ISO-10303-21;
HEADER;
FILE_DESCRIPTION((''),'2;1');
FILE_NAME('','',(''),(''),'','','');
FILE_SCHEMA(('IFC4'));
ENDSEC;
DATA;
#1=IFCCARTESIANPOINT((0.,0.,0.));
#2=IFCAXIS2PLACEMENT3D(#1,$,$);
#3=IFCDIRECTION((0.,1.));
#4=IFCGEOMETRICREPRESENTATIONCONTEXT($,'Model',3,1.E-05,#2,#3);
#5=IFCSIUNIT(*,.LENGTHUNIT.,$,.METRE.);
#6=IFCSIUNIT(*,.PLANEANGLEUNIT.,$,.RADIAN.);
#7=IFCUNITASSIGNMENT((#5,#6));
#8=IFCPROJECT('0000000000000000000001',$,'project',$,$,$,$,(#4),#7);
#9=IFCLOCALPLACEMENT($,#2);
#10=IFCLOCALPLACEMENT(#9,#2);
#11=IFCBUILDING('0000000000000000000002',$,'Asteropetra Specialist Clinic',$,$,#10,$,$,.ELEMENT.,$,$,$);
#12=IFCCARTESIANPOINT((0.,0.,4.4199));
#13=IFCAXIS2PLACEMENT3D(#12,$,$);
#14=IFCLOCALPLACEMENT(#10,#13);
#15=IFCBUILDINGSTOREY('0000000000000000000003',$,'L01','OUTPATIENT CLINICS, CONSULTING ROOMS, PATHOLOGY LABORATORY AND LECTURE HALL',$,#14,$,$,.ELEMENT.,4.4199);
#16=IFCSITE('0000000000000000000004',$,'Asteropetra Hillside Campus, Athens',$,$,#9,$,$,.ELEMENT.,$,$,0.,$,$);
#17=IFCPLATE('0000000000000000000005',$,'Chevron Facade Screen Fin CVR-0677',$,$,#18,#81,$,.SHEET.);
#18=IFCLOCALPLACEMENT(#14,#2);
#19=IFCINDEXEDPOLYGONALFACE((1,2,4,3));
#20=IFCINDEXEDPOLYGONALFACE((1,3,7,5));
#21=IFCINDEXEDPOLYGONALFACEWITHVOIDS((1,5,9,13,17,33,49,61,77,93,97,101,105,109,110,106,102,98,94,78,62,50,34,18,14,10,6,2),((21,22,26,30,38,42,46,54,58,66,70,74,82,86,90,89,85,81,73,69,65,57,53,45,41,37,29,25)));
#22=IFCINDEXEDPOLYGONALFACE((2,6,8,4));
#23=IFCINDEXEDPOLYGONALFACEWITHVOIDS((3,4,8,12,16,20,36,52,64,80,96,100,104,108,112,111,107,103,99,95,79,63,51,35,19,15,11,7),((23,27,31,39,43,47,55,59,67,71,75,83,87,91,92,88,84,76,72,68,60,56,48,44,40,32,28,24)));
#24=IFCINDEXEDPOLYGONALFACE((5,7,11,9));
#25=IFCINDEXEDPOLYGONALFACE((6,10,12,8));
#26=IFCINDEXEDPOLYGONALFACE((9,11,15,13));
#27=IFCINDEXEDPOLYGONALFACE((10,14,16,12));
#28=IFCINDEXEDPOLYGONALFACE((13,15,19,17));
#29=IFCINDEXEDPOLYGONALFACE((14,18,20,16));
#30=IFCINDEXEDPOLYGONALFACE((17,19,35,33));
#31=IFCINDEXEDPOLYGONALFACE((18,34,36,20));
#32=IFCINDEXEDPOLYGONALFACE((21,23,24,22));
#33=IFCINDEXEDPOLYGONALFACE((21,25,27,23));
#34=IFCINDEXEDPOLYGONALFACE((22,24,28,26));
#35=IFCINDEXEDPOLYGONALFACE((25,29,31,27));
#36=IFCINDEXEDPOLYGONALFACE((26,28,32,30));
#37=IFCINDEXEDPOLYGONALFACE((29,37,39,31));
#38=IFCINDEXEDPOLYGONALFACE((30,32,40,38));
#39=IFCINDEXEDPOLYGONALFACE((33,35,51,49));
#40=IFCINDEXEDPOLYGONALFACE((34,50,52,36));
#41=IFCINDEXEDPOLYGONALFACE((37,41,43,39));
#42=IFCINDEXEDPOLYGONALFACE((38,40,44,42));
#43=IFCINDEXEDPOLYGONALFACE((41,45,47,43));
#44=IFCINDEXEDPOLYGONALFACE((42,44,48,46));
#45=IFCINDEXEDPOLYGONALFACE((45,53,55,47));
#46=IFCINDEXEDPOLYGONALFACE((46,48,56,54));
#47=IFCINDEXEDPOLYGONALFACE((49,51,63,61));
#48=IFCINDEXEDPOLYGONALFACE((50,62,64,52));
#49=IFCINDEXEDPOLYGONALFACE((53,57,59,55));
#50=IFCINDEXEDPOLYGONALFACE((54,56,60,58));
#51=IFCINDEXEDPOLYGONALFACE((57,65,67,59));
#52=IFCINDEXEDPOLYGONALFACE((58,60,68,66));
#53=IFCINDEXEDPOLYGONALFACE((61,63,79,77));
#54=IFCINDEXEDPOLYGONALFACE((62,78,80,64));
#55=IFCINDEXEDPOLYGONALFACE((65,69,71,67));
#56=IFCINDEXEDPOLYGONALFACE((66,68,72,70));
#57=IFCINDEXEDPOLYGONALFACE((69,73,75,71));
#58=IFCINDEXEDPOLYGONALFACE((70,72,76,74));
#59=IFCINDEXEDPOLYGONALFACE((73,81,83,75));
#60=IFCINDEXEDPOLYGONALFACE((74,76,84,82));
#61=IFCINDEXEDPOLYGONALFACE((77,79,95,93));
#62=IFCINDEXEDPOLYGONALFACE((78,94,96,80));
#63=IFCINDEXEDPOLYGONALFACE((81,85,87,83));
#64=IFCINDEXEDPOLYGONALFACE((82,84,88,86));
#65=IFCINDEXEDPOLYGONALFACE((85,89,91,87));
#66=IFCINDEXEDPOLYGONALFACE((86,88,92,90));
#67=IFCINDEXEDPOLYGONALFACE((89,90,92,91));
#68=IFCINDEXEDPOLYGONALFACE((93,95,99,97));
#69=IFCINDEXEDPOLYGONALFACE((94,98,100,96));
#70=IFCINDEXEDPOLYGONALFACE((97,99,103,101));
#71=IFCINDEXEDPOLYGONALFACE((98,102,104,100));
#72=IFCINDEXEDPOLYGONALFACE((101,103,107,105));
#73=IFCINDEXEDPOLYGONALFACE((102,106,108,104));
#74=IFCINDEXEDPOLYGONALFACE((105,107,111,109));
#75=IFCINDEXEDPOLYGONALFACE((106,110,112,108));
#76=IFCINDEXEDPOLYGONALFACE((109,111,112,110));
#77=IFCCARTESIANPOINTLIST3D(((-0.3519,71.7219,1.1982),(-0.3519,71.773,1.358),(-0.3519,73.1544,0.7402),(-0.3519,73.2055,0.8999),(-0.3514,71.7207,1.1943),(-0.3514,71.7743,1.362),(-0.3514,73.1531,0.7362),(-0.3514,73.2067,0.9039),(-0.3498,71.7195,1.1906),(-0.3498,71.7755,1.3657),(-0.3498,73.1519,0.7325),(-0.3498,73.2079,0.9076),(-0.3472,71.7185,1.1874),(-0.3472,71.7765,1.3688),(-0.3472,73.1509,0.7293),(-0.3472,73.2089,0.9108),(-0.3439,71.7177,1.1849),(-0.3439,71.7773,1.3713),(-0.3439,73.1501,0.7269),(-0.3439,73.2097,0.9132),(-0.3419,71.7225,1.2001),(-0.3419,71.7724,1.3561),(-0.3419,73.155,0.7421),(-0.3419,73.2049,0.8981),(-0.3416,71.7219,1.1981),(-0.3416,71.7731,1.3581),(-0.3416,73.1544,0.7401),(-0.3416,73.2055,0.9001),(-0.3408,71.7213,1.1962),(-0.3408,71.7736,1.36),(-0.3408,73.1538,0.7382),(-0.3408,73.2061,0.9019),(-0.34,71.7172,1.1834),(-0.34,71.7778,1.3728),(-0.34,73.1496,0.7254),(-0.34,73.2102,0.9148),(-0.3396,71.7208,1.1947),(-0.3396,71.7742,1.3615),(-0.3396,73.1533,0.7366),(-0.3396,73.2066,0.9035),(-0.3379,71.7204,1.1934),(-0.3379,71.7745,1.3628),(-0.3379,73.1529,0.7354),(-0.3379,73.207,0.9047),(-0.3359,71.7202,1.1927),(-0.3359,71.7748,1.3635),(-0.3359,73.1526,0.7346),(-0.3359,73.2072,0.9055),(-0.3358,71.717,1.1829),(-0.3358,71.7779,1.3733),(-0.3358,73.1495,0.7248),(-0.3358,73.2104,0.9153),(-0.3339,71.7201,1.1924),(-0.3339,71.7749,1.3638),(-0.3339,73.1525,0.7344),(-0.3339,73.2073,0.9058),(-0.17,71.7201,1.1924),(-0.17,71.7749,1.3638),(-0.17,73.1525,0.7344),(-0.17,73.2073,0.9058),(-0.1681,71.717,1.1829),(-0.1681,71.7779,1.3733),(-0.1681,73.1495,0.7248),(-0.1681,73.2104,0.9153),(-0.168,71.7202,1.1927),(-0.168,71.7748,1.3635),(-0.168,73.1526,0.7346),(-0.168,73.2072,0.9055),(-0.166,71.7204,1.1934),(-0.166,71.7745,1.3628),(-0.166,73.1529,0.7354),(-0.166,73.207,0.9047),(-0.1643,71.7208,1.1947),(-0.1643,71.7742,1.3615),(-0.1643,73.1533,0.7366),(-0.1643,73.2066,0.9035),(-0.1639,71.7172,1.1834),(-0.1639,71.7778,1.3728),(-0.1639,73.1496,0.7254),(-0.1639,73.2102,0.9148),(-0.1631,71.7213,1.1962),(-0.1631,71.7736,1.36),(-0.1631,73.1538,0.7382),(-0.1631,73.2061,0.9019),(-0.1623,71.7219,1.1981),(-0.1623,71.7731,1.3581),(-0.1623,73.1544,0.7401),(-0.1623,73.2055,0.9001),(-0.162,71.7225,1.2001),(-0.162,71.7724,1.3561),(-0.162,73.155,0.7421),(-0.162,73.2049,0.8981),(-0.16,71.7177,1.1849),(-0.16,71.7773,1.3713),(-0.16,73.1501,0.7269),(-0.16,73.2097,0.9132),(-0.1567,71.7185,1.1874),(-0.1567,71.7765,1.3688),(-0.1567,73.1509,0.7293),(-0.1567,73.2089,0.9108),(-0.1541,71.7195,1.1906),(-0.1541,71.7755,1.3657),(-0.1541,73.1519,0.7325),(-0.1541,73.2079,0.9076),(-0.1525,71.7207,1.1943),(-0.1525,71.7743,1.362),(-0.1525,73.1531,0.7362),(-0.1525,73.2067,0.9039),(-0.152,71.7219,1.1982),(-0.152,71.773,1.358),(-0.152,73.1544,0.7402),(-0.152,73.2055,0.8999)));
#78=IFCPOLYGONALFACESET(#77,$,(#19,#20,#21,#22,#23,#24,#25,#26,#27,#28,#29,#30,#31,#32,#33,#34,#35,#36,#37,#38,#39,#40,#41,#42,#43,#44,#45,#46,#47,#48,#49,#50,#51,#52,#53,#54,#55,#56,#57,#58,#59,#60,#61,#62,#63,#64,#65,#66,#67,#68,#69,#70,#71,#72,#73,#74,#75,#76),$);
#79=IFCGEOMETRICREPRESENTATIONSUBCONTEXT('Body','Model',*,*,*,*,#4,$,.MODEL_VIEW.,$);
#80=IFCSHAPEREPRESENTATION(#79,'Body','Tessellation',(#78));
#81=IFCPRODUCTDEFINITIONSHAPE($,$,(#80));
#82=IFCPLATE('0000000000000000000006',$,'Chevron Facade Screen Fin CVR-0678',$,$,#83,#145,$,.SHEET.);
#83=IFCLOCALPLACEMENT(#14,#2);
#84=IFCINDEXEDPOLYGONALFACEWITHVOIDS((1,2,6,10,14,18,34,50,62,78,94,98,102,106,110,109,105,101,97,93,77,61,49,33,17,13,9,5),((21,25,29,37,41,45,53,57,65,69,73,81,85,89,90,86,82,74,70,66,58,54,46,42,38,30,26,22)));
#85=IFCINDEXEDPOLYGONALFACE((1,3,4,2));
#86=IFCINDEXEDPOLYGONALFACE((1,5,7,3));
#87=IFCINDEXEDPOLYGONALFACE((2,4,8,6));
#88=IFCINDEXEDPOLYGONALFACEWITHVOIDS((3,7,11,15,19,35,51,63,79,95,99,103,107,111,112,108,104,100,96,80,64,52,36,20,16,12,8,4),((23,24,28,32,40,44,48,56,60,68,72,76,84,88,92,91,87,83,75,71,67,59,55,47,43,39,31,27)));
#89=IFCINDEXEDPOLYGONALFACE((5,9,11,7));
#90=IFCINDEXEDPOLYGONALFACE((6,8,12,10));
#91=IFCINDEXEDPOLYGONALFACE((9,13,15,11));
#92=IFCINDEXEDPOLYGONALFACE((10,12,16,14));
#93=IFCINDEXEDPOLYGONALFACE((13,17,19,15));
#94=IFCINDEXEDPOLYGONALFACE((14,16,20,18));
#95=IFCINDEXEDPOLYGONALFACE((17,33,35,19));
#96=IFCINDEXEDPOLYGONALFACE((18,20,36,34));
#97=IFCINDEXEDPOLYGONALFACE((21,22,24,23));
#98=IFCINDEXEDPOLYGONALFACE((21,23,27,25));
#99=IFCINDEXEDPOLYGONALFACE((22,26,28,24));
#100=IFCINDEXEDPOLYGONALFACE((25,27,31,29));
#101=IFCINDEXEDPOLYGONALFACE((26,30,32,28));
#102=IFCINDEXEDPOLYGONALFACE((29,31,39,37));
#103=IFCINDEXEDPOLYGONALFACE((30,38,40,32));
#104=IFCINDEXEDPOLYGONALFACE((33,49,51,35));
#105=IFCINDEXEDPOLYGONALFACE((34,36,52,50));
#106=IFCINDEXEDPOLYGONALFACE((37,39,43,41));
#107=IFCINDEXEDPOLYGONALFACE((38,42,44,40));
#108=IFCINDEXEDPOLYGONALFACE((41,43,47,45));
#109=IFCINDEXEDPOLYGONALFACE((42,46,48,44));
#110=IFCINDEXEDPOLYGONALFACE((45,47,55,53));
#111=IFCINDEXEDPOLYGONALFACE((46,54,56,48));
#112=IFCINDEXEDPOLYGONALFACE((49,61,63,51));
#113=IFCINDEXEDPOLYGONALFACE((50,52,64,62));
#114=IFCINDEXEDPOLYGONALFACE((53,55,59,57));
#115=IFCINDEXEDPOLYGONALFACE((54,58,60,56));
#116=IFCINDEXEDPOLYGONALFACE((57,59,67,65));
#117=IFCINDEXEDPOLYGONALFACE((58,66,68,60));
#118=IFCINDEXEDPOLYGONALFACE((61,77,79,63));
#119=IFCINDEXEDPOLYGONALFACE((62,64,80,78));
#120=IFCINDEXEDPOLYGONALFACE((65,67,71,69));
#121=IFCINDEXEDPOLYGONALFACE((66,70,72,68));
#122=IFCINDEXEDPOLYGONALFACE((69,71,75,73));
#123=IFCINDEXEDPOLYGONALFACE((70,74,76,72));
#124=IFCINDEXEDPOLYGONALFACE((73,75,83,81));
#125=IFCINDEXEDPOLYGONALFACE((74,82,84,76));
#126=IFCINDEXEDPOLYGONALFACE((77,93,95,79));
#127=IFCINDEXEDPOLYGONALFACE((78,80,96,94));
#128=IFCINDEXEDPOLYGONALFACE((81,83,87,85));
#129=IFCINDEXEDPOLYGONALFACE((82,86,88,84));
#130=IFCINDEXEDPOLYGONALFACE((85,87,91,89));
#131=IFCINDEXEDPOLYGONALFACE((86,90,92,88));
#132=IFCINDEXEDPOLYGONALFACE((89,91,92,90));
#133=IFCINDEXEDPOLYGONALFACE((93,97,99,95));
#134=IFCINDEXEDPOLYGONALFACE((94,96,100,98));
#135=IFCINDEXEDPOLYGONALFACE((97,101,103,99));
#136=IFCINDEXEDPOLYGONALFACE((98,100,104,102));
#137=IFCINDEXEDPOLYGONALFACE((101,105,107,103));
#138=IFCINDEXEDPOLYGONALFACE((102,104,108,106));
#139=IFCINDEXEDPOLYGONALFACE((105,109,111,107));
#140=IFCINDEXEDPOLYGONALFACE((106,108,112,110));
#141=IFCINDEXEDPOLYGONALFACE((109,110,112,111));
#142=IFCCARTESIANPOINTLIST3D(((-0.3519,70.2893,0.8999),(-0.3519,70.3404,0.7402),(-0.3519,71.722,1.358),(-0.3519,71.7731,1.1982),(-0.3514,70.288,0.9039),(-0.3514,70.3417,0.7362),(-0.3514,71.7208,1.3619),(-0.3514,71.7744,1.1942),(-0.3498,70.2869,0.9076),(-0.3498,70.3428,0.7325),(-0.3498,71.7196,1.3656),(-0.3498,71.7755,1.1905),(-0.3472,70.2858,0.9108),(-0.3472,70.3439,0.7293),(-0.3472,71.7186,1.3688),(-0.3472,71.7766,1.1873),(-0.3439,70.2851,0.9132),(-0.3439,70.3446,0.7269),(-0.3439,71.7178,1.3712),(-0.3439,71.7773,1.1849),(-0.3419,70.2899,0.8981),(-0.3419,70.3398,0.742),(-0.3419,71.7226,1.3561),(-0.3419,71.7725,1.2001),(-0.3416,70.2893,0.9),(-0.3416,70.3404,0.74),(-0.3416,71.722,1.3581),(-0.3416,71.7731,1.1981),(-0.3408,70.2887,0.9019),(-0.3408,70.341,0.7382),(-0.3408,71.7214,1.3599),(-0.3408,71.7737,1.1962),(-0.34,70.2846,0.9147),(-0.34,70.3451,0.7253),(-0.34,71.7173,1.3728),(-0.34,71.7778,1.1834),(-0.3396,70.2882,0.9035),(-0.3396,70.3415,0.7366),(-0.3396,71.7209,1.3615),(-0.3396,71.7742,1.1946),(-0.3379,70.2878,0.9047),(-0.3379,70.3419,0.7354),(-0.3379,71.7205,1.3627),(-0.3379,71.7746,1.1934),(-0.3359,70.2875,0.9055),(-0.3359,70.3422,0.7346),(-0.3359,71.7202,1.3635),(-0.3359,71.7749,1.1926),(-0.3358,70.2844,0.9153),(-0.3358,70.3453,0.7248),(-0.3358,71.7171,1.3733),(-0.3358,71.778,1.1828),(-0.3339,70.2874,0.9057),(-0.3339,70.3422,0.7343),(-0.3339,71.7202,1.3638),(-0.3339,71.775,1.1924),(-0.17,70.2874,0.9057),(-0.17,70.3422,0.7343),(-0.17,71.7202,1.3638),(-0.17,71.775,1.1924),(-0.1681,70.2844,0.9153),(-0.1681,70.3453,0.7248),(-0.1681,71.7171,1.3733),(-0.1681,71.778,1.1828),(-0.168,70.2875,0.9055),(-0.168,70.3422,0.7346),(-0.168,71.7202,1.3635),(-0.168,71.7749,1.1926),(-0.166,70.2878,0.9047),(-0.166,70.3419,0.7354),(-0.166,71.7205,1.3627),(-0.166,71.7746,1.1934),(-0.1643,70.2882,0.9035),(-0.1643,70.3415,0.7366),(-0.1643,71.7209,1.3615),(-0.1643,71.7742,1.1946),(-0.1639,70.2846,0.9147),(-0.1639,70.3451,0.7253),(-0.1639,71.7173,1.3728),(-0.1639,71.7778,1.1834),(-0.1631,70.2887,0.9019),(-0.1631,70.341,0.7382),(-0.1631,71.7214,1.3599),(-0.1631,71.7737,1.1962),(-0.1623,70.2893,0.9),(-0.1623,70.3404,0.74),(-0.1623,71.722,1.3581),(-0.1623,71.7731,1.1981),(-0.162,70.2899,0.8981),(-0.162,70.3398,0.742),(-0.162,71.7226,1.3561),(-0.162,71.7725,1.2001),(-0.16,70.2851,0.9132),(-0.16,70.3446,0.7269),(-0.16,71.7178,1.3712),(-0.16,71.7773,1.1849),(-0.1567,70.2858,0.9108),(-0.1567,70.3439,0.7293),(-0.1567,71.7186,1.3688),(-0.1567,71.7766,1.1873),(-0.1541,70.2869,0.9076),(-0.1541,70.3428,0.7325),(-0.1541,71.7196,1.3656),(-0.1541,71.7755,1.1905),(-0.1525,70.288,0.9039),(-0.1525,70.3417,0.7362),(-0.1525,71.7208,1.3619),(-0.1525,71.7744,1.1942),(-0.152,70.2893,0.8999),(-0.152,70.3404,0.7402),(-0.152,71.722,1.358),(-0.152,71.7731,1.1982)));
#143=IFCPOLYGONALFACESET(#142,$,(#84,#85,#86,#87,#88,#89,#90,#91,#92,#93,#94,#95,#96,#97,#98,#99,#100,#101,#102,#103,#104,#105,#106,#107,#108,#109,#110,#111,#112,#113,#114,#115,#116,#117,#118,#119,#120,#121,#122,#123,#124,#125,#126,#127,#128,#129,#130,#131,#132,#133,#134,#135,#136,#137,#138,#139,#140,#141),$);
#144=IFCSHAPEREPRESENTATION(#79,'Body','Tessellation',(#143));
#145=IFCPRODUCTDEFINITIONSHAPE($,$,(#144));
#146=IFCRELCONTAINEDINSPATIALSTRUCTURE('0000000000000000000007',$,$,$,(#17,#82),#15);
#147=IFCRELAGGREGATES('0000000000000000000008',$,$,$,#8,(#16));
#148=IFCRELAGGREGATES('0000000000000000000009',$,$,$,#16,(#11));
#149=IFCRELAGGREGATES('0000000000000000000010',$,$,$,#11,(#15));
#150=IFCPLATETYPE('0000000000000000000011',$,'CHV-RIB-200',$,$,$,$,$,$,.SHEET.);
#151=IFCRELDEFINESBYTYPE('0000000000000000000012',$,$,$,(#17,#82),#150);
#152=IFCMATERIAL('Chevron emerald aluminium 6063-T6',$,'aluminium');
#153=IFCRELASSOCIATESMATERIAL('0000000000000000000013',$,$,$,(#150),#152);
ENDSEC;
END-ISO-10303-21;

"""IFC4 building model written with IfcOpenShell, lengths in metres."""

from ifc_helpers import new_model, si_unit, direction, frame, origin, origin_2d, place, context, subcontext, project, spatial, hollow_rectangle, extrude, material, material_profile, profile_set, type_object, element, save


model = new_model("IFC4")

# Units and contexts
model_context = context("Model", 3, precision=1e-05, world=origin(), true_north=direction((0.0, 1.0)))
body_context = subcontext(model_context, "Body", "Model", "MODEL_VIEW")
ifc_project = project(units=[si_unit("LENGTHUNIT", "METRE"), si_unit("PLANEANGLEUNIT", "RADIAN")], contexts=[model_context])

# Site, building, storey
site_placement = place(None, origin())
site = spatial("IfcSite", under=ifc_project, at=site_placement, Name="Asteropetra Hillside Campus, Athens", CompositionType="ELEMENT", RefElevation=0.0)
building_placement = place(site_placement, origin())
building = spatial("IfcBuilding", under=site, at=building_placement, Name="Asteropetra Specialist Clinic", CompositionType="ELEMENT")
storey_placement = place(building_placement, frame((0.0, 0.0, 4.4199)))
storey = spatial("IfcBuildingStorey", under=building, at=storey_placement, Name="L01", Description="OUTPATIENT CLINICS, CONSULTING ROOMS, PATHOLOGY LABORATORY AND LECTURE HALL", CompositionType="ELEMENT", Elevation=4.4199)

# Plates
ifc_material_1 = material(Name="Chevron emerald aluminium 6063-T6", Category="aluminium")
ifc_material_profile_1 = material_profile(ifc_material_1, hollow_rectangle(XDim=0.2, YDim=0.2, WallThickness=0.01, InnerFilletRadius=0.0081, OuterFilletRadius=0.0161, at=origin_2d()), Name="SHS 200x200x10.0")
ifc_profile_set_1 = profile_set([ifc_material_profile_1], Name="Chevron emerald aluminium 6063-T6")
plate_type_1 = type_object("IfcPlateType", Name="CHV-RIB-200", PredefinedType="SHEET", material=ifc_profile_set_1)
plate_1_placement = place(storey_placement, frame((-0.252, 73.1799, 0.8201), z_axis=(0.0, -0.952492, 0.304564), x_axis=(1.0, 0.0, 0.0)))
element("IfcPlate", 1, at=plate_1_placement, inside=storey, type_object=plate_type_1, Name="Chevron Facade Screen Fin CVR-0677", PredefinedType="SHEET", context=body_context, shape_type="SweptSolid", body=[
    extrude(hollow_rectangle(XDim=0.2, YDim=0.2, WallThickness=0.01, InnerFilletRadius=0.0081, OuterFilletRadius=0.0161, at=origin_2d()), origin(), (0.0, 0.0, 1.0), 1.5039),
])
plate_2_placement = place(storey_placement, frame((-0.252, 71.7476, 1.2781), z_axis=(0.0, -0.952507, -0.304517), x_axis=(1.0, 0.0, 0.0)))
element("IfcPlate", 2, at=plate_2_placement, inside=storey, type_object=plate_type_1, Name="Chevron Facade Screen Fin CVR-0678", PredefinedType="SHEET", context=body_context, shape_type="SweptSolid", body=[
    extrude(hollow_rectangle(XDim=0.2, YDim=0.2, WallThickness=0.01, InnerFilletRadius=0.0081, OuterFilletRadius=0.0161, at=origin_2d()), origin(), (0.0, 0.0, 1.0), 1.5042),
])

save(model, "model.ifc")
